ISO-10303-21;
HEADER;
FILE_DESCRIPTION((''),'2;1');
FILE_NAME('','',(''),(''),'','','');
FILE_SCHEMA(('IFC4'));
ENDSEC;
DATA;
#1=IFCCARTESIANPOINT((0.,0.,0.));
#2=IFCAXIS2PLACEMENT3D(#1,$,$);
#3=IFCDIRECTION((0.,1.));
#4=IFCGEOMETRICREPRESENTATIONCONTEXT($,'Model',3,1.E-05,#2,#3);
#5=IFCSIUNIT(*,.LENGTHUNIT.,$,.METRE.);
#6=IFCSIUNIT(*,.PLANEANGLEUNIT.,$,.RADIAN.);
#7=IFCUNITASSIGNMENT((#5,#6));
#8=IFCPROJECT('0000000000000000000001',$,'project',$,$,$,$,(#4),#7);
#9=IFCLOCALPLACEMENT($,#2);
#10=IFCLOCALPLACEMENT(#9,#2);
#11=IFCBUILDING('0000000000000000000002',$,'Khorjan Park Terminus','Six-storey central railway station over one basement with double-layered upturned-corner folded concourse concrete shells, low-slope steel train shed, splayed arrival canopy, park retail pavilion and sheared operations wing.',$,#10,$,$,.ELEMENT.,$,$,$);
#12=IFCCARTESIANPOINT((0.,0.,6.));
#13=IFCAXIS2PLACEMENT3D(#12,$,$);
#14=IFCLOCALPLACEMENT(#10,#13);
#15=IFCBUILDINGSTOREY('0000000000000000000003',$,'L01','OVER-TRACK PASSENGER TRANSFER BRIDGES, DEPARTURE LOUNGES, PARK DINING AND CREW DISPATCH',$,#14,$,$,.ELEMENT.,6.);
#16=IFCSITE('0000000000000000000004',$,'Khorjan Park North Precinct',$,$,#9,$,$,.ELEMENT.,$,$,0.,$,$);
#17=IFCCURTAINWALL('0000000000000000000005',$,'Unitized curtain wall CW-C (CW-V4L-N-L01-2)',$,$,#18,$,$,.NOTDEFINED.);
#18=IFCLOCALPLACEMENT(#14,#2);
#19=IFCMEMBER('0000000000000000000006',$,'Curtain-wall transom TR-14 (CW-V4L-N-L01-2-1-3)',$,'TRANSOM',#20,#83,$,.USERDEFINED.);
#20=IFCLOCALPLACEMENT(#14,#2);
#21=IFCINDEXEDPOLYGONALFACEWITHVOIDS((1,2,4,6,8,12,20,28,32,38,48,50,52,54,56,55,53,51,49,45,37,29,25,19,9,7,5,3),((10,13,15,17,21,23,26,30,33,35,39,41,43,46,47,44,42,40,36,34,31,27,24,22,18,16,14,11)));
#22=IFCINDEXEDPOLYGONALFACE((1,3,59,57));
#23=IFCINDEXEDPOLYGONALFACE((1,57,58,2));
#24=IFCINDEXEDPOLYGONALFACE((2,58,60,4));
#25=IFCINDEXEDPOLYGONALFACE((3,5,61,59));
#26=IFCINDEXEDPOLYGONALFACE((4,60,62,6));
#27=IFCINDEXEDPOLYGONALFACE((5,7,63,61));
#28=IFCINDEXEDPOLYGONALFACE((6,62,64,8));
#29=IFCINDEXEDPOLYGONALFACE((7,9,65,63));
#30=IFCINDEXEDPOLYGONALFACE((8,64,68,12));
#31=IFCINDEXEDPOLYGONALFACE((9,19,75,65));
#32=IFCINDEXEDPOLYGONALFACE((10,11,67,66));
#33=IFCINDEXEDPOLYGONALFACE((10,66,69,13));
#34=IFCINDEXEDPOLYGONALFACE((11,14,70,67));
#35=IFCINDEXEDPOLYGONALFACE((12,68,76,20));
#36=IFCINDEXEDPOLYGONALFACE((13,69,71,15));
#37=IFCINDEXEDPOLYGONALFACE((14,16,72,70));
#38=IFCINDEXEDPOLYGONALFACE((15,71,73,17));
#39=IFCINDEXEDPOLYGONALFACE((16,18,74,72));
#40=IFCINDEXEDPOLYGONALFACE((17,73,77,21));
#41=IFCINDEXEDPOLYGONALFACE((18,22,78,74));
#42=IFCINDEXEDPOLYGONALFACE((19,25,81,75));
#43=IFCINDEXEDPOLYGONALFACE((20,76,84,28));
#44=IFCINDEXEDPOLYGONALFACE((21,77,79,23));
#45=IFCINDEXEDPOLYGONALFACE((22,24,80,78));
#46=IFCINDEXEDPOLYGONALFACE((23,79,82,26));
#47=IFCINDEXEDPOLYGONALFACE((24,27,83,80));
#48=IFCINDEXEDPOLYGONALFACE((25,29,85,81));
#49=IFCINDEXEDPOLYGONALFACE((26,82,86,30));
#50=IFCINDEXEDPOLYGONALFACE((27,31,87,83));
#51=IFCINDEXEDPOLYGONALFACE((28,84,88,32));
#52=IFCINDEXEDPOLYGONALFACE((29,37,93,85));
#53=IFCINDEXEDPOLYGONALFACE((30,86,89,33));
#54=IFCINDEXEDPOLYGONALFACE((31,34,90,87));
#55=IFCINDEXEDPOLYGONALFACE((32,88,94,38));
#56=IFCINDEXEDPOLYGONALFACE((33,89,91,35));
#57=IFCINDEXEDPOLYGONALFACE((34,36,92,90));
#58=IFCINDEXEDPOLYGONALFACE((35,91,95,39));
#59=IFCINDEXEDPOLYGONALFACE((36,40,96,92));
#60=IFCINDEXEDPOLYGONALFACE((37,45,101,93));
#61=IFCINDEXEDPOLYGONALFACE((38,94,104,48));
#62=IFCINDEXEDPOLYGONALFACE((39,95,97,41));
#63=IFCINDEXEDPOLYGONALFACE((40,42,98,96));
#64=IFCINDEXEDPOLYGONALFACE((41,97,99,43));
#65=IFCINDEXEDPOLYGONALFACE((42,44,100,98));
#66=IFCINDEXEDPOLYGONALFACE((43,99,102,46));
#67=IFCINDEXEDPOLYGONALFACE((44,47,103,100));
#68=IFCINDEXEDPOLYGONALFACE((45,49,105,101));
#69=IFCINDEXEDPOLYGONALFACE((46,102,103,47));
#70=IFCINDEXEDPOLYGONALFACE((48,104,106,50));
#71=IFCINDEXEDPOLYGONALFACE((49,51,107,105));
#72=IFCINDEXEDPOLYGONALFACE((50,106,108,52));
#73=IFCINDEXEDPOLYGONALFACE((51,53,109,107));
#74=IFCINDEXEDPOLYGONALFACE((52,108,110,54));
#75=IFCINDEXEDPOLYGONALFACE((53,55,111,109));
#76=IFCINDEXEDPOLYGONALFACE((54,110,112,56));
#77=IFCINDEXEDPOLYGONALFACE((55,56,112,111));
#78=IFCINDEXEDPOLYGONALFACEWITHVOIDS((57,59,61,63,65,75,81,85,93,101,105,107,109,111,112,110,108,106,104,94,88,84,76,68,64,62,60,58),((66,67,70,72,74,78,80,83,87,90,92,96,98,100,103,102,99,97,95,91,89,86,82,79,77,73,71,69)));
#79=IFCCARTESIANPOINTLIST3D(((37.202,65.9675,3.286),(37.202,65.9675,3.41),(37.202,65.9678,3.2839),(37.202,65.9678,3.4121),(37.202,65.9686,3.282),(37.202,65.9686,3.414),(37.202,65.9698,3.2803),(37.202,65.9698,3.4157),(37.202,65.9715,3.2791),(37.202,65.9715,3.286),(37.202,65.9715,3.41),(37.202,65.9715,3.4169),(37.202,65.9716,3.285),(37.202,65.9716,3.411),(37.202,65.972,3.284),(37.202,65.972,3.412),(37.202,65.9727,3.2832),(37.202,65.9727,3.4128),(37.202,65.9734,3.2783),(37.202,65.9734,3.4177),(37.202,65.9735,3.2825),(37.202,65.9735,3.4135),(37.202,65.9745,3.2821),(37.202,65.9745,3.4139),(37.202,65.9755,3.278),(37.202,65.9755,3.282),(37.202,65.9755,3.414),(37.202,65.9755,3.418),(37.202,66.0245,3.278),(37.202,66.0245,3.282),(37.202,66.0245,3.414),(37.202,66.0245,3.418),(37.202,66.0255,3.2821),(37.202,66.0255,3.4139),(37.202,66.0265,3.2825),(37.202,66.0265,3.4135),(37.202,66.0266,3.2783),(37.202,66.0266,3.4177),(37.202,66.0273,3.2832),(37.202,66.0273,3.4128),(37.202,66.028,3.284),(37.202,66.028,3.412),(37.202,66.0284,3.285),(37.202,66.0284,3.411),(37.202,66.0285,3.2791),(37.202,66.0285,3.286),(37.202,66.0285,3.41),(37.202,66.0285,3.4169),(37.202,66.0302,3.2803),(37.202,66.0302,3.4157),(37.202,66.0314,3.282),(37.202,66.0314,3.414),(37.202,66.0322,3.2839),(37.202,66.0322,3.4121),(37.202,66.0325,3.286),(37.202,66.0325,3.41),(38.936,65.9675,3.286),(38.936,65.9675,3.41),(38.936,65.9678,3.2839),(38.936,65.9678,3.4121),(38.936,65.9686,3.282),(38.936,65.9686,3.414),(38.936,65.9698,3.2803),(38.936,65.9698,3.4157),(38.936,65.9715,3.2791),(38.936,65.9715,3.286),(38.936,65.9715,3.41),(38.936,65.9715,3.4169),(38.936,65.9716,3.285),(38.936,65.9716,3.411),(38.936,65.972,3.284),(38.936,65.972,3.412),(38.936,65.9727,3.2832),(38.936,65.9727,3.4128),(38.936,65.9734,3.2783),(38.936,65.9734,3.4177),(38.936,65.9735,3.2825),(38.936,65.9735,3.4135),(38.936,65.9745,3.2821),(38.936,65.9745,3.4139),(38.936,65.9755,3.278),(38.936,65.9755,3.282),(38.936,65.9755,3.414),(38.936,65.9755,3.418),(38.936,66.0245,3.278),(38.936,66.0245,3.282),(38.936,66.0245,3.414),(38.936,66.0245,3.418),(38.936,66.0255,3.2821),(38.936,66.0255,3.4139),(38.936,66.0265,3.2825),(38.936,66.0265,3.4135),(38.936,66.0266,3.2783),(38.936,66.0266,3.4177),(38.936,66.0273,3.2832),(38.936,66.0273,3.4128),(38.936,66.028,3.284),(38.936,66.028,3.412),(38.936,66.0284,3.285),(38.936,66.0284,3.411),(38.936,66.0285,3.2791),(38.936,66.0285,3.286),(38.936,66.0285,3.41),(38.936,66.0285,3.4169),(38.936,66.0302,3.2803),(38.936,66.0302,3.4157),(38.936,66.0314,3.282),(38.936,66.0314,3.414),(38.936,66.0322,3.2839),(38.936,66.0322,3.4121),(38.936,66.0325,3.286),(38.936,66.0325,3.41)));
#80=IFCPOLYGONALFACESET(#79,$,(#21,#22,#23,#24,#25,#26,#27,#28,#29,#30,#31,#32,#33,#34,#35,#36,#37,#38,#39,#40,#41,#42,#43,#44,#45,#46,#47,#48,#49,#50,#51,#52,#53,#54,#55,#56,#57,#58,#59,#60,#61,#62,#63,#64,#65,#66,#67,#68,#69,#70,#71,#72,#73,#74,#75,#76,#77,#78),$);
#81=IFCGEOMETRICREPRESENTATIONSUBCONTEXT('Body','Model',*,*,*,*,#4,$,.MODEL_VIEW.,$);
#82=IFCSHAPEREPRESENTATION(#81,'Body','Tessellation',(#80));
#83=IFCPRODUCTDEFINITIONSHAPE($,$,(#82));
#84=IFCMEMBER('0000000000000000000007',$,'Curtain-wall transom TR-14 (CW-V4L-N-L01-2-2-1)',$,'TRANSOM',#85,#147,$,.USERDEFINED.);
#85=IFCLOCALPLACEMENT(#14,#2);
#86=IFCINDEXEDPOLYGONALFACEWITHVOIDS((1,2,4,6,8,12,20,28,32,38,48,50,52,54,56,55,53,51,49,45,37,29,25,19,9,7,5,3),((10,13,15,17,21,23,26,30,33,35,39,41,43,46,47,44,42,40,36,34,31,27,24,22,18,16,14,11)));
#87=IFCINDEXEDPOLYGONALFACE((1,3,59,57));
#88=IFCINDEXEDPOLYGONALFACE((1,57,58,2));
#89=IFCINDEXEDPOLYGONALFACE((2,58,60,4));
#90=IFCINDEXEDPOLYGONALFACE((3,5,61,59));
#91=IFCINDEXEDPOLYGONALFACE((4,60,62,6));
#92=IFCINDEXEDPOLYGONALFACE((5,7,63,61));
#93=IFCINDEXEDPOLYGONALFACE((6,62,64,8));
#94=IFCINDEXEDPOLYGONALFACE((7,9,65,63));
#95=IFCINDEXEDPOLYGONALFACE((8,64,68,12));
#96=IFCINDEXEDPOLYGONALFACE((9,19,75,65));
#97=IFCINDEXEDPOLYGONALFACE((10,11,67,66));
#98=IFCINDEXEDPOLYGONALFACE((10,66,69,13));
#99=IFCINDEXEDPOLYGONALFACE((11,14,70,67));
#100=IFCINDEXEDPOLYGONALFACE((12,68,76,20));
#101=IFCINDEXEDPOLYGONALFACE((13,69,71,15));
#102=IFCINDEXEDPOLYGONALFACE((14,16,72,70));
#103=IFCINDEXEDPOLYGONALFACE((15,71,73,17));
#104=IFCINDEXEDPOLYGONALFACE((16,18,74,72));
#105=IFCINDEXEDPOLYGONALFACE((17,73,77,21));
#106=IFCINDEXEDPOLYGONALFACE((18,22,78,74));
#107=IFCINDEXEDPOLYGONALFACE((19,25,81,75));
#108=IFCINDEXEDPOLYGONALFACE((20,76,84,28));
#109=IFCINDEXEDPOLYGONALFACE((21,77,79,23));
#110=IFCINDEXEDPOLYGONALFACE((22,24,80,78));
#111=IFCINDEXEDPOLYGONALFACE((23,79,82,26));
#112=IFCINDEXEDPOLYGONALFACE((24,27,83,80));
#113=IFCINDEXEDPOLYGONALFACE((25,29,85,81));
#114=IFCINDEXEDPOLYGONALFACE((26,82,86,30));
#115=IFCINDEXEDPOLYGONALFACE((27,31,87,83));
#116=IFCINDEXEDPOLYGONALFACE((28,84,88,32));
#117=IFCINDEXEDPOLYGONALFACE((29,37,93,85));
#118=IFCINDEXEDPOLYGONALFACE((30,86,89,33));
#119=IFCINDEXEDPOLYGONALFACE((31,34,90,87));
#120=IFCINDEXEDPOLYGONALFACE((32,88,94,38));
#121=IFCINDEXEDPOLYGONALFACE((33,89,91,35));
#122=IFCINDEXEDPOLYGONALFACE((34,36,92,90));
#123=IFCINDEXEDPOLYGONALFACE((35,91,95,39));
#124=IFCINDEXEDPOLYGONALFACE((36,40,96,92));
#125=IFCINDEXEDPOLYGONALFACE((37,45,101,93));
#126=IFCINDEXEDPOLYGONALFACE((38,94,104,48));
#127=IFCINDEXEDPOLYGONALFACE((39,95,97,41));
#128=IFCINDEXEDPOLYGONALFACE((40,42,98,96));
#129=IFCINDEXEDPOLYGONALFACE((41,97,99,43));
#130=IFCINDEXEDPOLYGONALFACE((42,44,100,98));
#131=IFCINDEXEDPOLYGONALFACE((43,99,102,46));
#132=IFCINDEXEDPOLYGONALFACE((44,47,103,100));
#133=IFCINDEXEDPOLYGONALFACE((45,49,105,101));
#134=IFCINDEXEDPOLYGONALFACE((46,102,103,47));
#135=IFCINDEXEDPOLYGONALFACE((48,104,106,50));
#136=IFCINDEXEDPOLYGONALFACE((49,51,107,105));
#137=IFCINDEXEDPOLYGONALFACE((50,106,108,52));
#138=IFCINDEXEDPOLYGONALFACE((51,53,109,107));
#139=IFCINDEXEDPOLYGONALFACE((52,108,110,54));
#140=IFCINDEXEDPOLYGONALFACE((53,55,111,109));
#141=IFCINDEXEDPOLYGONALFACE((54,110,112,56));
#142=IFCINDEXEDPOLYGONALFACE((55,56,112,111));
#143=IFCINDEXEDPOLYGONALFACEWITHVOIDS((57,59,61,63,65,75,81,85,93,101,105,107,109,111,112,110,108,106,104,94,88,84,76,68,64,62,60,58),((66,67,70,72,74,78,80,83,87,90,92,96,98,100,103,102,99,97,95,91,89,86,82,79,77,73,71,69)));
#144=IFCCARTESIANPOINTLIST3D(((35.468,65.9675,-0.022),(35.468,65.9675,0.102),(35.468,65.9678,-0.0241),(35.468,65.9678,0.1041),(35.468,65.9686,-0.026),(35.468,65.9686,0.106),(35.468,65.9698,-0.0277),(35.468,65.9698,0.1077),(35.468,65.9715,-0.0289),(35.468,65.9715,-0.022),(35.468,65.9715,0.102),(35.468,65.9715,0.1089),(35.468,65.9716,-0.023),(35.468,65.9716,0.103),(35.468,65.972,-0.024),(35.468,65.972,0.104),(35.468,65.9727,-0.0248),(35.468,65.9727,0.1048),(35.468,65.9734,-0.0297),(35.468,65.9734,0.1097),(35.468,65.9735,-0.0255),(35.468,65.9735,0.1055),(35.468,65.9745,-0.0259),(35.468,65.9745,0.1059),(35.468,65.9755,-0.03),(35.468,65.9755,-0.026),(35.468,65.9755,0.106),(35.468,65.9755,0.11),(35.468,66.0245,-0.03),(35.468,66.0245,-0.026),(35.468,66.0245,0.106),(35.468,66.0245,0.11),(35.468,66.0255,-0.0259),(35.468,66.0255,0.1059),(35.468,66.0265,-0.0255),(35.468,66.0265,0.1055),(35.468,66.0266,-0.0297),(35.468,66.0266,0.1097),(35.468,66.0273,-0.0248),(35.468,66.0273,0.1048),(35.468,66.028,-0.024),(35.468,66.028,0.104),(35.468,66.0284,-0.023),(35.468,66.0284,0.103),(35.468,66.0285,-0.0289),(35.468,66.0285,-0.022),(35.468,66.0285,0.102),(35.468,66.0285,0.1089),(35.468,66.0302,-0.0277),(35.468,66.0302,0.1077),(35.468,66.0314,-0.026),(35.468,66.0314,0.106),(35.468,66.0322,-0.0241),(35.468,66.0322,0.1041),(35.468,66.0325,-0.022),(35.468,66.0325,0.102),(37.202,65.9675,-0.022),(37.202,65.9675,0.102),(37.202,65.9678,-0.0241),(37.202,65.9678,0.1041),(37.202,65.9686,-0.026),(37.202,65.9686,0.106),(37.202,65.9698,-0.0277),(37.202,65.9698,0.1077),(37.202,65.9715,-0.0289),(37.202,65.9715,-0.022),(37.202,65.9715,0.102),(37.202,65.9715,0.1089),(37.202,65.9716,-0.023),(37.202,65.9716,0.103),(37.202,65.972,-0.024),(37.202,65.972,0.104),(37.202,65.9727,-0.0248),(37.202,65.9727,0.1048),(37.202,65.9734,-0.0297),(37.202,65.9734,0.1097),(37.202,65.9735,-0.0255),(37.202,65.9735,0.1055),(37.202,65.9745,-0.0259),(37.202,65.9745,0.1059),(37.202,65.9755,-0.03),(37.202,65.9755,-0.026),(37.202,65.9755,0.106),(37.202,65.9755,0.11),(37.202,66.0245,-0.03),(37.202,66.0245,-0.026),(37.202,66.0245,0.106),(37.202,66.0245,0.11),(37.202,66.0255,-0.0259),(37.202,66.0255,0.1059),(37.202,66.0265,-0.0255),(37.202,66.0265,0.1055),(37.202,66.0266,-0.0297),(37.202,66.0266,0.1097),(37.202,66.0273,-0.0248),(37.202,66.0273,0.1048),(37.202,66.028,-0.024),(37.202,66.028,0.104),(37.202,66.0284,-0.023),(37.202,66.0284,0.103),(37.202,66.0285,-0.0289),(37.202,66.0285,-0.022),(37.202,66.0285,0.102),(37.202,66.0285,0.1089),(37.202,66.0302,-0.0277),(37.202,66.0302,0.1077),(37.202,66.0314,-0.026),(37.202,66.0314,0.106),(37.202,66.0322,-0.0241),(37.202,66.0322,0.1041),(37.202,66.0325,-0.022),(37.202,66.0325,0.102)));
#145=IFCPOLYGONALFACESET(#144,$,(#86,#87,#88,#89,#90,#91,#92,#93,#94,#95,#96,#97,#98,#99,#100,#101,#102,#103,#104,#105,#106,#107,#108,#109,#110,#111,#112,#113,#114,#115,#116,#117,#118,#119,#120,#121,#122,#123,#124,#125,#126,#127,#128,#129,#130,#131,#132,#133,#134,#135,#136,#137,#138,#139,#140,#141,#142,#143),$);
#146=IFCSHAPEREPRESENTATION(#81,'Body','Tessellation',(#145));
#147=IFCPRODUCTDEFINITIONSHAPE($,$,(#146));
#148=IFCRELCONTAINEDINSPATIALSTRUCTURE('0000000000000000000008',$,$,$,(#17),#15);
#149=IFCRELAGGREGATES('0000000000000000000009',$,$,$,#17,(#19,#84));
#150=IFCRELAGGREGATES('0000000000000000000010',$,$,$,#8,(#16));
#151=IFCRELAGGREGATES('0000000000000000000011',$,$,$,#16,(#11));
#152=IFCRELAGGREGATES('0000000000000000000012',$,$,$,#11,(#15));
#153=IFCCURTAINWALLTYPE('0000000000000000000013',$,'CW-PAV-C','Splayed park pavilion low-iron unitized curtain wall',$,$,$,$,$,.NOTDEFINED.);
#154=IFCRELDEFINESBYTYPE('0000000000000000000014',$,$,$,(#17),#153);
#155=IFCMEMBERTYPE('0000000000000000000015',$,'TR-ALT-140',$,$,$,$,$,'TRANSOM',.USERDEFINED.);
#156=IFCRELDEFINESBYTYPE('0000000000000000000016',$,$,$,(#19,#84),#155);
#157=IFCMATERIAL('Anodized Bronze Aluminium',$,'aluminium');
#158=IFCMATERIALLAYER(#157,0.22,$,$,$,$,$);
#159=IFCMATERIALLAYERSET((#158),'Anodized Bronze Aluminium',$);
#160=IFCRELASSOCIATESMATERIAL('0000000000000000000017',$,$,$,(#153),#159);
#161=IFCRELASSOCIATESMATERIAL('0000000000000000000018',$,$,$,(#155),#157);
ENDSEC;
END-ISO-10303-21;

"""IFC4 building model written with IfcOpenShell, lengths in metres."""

from ifc_helpers import new_model, si_unit, direction, frame, origin, origin_2d, place, context, subcontext, project, spatial, hollow_rectangle, extrude, material, layer, layer_set, material_profile, profile_set, type_object, element, aggregate, save


model = new_model("IFC4")

# Units and contexts
model_context = context("Model", 3, precision=1e-05, world=origin(), true_north=direction((0.0, 1.0)))
body_context = subcontext(model_context, "Body", "Model", "MODEL_VIEW")
ifc_project = project(units=[si_unit("LENGTHUNIT", "METRE"), si_unit("PLANEANGLEUNIT", "RADIAN")], contexts=[model_context])

# Site, building, storey
site_placement = place(None, origin())
site = spatial("IfcSite", under=ifc_project, at=site_placement, Name="Khorjan Park North Precinct", CompositionType="ELEMENT", RefElevation=0.0)
building_placement = place(site_placement, origin())
building = spatial("IfcBuilding", under=site, at=building_placement, Name="Khorjan Park Terminus", Description="Six-storey central railway station over one basement with double-layered upturned-corner folded concourse concrete shells, low-slope steel train shed, splayed arrival canopy, park retail pavilion and sheared operations wing.", CompositionType="ELEMENT")
storey_placement = place(building_placement, frame((0.0, 0.0, 6.0)))
storey = spatial("IfcBuildingStorey", under=building, at=storey_placement, Name="L01", Description="OVER-TRACK PASSENGER TRANSFER BRIDGES, DEPARTURE LOUNGES, PARK DINING AND CREW DISPATCH", CompositionType="ELEMENT", Elevation=6.0)

# Curtain wall, members
ifc_material_1 = material(Name="Anodized Bronze Aluminium", Category="aluminium")
ifc_layer_1 = layer(ifc_material_1, 0.22)
ifc_layer_set_1 = layer_set([ifc_layer_1], Name="Anodized Bronze Aluminium")
curtain_wall_type = type_object("IfcCurtainWallType", Name="CW-PAV-C", Description="Splayed park pavilion low-iron unitized curtain wall", PredefinedType="NOTDEFINED", material=ifc_layer_set_1)
curtain_wall_1_placement = place(storey_placement, origin())
curtain_wall_1 = element("IfcCurtainWall", 1, at=curtain_wall_1_placement, inside=storey, type_object=curtain_wall_type, Name="Unitized curtain wall CW-C (CW-V4L-N-L01-2)", PredefinedType="NOTDEFINED")
ifc_material_profile_1 = material_profile(ifc_material_1, hollow_rectangle(XDim=0.065, YDim=0.14, WallThickness=0.004, InnerFilletRadius=0.004, OuterFilletRadius=0.008, at=origin_2d()), Name="ALT 65x140x4")
ifc_profile_set_1 = profile_set([ifc_material_profile_1], Name="Anodized Bronze Aluminium")
member_type_1 = type_object("IfcMemberType", Name="TR-ALT-140", ElementType="TRANSOM", PredefinedType="USERDEFINED", material=ifc_profile_set_1)
member_1_placement = place(storey_placement, frame((38.936, 66.0, 3.348), z_axis=(-1.0, 0.0, 0.0), x_axis=(0.0, -1.0, 0.0)))
member_1 = element("IfcMember", 2, at=member_1_placement, type_object=member_type_1, Name="Curtain-wall transom TR-14 (CW-V4L-N-L01-2-1-3)", ObjectType="TRANSOM", PredefinedType="USERDEFINED", context=body_context, shape_type="SweptSolid", body=[
    extrude(hollow_rectangle(XDim=0.065, YDim=0.14, WallThickness=0.004, InnerFilletRadius=0.004, OuterFilletRadius=0.008, at=origin_2d()), origin(), (0.0, 0.0, 1.0), 1.734),
])
member_2_placement = place(storey_placement, frame((37.202, 66.0, 0.04), z_axis=(-1.0, 0.0, 0.0), x_axis=(0.0, -1.0, 0.0)))
member_2 = element("IfcMember", 3, at=member_2_placement, type_object=member_type_1, Name="Curtain-wall transom TR-14 (CW-V4L-N-L01-2-2-1)", ObjectType="TRANSOM", PredefinedType="USERDEFINED", context=body_context, shape_type="SweptSolid", body=[
    extrude(hollow_rectangle(XDim=0.065, YDim=0.14, WallThickness=0.004, InnerFilletRadius=0.004, OuterFilletRadius=0.008, at=origin_2d()), origin(), (0.0, 0.0, 1.0), 1.734),
])

aggregate(curtain_wall_1, [member_1, member_2])

save(model, "model.ifc")
